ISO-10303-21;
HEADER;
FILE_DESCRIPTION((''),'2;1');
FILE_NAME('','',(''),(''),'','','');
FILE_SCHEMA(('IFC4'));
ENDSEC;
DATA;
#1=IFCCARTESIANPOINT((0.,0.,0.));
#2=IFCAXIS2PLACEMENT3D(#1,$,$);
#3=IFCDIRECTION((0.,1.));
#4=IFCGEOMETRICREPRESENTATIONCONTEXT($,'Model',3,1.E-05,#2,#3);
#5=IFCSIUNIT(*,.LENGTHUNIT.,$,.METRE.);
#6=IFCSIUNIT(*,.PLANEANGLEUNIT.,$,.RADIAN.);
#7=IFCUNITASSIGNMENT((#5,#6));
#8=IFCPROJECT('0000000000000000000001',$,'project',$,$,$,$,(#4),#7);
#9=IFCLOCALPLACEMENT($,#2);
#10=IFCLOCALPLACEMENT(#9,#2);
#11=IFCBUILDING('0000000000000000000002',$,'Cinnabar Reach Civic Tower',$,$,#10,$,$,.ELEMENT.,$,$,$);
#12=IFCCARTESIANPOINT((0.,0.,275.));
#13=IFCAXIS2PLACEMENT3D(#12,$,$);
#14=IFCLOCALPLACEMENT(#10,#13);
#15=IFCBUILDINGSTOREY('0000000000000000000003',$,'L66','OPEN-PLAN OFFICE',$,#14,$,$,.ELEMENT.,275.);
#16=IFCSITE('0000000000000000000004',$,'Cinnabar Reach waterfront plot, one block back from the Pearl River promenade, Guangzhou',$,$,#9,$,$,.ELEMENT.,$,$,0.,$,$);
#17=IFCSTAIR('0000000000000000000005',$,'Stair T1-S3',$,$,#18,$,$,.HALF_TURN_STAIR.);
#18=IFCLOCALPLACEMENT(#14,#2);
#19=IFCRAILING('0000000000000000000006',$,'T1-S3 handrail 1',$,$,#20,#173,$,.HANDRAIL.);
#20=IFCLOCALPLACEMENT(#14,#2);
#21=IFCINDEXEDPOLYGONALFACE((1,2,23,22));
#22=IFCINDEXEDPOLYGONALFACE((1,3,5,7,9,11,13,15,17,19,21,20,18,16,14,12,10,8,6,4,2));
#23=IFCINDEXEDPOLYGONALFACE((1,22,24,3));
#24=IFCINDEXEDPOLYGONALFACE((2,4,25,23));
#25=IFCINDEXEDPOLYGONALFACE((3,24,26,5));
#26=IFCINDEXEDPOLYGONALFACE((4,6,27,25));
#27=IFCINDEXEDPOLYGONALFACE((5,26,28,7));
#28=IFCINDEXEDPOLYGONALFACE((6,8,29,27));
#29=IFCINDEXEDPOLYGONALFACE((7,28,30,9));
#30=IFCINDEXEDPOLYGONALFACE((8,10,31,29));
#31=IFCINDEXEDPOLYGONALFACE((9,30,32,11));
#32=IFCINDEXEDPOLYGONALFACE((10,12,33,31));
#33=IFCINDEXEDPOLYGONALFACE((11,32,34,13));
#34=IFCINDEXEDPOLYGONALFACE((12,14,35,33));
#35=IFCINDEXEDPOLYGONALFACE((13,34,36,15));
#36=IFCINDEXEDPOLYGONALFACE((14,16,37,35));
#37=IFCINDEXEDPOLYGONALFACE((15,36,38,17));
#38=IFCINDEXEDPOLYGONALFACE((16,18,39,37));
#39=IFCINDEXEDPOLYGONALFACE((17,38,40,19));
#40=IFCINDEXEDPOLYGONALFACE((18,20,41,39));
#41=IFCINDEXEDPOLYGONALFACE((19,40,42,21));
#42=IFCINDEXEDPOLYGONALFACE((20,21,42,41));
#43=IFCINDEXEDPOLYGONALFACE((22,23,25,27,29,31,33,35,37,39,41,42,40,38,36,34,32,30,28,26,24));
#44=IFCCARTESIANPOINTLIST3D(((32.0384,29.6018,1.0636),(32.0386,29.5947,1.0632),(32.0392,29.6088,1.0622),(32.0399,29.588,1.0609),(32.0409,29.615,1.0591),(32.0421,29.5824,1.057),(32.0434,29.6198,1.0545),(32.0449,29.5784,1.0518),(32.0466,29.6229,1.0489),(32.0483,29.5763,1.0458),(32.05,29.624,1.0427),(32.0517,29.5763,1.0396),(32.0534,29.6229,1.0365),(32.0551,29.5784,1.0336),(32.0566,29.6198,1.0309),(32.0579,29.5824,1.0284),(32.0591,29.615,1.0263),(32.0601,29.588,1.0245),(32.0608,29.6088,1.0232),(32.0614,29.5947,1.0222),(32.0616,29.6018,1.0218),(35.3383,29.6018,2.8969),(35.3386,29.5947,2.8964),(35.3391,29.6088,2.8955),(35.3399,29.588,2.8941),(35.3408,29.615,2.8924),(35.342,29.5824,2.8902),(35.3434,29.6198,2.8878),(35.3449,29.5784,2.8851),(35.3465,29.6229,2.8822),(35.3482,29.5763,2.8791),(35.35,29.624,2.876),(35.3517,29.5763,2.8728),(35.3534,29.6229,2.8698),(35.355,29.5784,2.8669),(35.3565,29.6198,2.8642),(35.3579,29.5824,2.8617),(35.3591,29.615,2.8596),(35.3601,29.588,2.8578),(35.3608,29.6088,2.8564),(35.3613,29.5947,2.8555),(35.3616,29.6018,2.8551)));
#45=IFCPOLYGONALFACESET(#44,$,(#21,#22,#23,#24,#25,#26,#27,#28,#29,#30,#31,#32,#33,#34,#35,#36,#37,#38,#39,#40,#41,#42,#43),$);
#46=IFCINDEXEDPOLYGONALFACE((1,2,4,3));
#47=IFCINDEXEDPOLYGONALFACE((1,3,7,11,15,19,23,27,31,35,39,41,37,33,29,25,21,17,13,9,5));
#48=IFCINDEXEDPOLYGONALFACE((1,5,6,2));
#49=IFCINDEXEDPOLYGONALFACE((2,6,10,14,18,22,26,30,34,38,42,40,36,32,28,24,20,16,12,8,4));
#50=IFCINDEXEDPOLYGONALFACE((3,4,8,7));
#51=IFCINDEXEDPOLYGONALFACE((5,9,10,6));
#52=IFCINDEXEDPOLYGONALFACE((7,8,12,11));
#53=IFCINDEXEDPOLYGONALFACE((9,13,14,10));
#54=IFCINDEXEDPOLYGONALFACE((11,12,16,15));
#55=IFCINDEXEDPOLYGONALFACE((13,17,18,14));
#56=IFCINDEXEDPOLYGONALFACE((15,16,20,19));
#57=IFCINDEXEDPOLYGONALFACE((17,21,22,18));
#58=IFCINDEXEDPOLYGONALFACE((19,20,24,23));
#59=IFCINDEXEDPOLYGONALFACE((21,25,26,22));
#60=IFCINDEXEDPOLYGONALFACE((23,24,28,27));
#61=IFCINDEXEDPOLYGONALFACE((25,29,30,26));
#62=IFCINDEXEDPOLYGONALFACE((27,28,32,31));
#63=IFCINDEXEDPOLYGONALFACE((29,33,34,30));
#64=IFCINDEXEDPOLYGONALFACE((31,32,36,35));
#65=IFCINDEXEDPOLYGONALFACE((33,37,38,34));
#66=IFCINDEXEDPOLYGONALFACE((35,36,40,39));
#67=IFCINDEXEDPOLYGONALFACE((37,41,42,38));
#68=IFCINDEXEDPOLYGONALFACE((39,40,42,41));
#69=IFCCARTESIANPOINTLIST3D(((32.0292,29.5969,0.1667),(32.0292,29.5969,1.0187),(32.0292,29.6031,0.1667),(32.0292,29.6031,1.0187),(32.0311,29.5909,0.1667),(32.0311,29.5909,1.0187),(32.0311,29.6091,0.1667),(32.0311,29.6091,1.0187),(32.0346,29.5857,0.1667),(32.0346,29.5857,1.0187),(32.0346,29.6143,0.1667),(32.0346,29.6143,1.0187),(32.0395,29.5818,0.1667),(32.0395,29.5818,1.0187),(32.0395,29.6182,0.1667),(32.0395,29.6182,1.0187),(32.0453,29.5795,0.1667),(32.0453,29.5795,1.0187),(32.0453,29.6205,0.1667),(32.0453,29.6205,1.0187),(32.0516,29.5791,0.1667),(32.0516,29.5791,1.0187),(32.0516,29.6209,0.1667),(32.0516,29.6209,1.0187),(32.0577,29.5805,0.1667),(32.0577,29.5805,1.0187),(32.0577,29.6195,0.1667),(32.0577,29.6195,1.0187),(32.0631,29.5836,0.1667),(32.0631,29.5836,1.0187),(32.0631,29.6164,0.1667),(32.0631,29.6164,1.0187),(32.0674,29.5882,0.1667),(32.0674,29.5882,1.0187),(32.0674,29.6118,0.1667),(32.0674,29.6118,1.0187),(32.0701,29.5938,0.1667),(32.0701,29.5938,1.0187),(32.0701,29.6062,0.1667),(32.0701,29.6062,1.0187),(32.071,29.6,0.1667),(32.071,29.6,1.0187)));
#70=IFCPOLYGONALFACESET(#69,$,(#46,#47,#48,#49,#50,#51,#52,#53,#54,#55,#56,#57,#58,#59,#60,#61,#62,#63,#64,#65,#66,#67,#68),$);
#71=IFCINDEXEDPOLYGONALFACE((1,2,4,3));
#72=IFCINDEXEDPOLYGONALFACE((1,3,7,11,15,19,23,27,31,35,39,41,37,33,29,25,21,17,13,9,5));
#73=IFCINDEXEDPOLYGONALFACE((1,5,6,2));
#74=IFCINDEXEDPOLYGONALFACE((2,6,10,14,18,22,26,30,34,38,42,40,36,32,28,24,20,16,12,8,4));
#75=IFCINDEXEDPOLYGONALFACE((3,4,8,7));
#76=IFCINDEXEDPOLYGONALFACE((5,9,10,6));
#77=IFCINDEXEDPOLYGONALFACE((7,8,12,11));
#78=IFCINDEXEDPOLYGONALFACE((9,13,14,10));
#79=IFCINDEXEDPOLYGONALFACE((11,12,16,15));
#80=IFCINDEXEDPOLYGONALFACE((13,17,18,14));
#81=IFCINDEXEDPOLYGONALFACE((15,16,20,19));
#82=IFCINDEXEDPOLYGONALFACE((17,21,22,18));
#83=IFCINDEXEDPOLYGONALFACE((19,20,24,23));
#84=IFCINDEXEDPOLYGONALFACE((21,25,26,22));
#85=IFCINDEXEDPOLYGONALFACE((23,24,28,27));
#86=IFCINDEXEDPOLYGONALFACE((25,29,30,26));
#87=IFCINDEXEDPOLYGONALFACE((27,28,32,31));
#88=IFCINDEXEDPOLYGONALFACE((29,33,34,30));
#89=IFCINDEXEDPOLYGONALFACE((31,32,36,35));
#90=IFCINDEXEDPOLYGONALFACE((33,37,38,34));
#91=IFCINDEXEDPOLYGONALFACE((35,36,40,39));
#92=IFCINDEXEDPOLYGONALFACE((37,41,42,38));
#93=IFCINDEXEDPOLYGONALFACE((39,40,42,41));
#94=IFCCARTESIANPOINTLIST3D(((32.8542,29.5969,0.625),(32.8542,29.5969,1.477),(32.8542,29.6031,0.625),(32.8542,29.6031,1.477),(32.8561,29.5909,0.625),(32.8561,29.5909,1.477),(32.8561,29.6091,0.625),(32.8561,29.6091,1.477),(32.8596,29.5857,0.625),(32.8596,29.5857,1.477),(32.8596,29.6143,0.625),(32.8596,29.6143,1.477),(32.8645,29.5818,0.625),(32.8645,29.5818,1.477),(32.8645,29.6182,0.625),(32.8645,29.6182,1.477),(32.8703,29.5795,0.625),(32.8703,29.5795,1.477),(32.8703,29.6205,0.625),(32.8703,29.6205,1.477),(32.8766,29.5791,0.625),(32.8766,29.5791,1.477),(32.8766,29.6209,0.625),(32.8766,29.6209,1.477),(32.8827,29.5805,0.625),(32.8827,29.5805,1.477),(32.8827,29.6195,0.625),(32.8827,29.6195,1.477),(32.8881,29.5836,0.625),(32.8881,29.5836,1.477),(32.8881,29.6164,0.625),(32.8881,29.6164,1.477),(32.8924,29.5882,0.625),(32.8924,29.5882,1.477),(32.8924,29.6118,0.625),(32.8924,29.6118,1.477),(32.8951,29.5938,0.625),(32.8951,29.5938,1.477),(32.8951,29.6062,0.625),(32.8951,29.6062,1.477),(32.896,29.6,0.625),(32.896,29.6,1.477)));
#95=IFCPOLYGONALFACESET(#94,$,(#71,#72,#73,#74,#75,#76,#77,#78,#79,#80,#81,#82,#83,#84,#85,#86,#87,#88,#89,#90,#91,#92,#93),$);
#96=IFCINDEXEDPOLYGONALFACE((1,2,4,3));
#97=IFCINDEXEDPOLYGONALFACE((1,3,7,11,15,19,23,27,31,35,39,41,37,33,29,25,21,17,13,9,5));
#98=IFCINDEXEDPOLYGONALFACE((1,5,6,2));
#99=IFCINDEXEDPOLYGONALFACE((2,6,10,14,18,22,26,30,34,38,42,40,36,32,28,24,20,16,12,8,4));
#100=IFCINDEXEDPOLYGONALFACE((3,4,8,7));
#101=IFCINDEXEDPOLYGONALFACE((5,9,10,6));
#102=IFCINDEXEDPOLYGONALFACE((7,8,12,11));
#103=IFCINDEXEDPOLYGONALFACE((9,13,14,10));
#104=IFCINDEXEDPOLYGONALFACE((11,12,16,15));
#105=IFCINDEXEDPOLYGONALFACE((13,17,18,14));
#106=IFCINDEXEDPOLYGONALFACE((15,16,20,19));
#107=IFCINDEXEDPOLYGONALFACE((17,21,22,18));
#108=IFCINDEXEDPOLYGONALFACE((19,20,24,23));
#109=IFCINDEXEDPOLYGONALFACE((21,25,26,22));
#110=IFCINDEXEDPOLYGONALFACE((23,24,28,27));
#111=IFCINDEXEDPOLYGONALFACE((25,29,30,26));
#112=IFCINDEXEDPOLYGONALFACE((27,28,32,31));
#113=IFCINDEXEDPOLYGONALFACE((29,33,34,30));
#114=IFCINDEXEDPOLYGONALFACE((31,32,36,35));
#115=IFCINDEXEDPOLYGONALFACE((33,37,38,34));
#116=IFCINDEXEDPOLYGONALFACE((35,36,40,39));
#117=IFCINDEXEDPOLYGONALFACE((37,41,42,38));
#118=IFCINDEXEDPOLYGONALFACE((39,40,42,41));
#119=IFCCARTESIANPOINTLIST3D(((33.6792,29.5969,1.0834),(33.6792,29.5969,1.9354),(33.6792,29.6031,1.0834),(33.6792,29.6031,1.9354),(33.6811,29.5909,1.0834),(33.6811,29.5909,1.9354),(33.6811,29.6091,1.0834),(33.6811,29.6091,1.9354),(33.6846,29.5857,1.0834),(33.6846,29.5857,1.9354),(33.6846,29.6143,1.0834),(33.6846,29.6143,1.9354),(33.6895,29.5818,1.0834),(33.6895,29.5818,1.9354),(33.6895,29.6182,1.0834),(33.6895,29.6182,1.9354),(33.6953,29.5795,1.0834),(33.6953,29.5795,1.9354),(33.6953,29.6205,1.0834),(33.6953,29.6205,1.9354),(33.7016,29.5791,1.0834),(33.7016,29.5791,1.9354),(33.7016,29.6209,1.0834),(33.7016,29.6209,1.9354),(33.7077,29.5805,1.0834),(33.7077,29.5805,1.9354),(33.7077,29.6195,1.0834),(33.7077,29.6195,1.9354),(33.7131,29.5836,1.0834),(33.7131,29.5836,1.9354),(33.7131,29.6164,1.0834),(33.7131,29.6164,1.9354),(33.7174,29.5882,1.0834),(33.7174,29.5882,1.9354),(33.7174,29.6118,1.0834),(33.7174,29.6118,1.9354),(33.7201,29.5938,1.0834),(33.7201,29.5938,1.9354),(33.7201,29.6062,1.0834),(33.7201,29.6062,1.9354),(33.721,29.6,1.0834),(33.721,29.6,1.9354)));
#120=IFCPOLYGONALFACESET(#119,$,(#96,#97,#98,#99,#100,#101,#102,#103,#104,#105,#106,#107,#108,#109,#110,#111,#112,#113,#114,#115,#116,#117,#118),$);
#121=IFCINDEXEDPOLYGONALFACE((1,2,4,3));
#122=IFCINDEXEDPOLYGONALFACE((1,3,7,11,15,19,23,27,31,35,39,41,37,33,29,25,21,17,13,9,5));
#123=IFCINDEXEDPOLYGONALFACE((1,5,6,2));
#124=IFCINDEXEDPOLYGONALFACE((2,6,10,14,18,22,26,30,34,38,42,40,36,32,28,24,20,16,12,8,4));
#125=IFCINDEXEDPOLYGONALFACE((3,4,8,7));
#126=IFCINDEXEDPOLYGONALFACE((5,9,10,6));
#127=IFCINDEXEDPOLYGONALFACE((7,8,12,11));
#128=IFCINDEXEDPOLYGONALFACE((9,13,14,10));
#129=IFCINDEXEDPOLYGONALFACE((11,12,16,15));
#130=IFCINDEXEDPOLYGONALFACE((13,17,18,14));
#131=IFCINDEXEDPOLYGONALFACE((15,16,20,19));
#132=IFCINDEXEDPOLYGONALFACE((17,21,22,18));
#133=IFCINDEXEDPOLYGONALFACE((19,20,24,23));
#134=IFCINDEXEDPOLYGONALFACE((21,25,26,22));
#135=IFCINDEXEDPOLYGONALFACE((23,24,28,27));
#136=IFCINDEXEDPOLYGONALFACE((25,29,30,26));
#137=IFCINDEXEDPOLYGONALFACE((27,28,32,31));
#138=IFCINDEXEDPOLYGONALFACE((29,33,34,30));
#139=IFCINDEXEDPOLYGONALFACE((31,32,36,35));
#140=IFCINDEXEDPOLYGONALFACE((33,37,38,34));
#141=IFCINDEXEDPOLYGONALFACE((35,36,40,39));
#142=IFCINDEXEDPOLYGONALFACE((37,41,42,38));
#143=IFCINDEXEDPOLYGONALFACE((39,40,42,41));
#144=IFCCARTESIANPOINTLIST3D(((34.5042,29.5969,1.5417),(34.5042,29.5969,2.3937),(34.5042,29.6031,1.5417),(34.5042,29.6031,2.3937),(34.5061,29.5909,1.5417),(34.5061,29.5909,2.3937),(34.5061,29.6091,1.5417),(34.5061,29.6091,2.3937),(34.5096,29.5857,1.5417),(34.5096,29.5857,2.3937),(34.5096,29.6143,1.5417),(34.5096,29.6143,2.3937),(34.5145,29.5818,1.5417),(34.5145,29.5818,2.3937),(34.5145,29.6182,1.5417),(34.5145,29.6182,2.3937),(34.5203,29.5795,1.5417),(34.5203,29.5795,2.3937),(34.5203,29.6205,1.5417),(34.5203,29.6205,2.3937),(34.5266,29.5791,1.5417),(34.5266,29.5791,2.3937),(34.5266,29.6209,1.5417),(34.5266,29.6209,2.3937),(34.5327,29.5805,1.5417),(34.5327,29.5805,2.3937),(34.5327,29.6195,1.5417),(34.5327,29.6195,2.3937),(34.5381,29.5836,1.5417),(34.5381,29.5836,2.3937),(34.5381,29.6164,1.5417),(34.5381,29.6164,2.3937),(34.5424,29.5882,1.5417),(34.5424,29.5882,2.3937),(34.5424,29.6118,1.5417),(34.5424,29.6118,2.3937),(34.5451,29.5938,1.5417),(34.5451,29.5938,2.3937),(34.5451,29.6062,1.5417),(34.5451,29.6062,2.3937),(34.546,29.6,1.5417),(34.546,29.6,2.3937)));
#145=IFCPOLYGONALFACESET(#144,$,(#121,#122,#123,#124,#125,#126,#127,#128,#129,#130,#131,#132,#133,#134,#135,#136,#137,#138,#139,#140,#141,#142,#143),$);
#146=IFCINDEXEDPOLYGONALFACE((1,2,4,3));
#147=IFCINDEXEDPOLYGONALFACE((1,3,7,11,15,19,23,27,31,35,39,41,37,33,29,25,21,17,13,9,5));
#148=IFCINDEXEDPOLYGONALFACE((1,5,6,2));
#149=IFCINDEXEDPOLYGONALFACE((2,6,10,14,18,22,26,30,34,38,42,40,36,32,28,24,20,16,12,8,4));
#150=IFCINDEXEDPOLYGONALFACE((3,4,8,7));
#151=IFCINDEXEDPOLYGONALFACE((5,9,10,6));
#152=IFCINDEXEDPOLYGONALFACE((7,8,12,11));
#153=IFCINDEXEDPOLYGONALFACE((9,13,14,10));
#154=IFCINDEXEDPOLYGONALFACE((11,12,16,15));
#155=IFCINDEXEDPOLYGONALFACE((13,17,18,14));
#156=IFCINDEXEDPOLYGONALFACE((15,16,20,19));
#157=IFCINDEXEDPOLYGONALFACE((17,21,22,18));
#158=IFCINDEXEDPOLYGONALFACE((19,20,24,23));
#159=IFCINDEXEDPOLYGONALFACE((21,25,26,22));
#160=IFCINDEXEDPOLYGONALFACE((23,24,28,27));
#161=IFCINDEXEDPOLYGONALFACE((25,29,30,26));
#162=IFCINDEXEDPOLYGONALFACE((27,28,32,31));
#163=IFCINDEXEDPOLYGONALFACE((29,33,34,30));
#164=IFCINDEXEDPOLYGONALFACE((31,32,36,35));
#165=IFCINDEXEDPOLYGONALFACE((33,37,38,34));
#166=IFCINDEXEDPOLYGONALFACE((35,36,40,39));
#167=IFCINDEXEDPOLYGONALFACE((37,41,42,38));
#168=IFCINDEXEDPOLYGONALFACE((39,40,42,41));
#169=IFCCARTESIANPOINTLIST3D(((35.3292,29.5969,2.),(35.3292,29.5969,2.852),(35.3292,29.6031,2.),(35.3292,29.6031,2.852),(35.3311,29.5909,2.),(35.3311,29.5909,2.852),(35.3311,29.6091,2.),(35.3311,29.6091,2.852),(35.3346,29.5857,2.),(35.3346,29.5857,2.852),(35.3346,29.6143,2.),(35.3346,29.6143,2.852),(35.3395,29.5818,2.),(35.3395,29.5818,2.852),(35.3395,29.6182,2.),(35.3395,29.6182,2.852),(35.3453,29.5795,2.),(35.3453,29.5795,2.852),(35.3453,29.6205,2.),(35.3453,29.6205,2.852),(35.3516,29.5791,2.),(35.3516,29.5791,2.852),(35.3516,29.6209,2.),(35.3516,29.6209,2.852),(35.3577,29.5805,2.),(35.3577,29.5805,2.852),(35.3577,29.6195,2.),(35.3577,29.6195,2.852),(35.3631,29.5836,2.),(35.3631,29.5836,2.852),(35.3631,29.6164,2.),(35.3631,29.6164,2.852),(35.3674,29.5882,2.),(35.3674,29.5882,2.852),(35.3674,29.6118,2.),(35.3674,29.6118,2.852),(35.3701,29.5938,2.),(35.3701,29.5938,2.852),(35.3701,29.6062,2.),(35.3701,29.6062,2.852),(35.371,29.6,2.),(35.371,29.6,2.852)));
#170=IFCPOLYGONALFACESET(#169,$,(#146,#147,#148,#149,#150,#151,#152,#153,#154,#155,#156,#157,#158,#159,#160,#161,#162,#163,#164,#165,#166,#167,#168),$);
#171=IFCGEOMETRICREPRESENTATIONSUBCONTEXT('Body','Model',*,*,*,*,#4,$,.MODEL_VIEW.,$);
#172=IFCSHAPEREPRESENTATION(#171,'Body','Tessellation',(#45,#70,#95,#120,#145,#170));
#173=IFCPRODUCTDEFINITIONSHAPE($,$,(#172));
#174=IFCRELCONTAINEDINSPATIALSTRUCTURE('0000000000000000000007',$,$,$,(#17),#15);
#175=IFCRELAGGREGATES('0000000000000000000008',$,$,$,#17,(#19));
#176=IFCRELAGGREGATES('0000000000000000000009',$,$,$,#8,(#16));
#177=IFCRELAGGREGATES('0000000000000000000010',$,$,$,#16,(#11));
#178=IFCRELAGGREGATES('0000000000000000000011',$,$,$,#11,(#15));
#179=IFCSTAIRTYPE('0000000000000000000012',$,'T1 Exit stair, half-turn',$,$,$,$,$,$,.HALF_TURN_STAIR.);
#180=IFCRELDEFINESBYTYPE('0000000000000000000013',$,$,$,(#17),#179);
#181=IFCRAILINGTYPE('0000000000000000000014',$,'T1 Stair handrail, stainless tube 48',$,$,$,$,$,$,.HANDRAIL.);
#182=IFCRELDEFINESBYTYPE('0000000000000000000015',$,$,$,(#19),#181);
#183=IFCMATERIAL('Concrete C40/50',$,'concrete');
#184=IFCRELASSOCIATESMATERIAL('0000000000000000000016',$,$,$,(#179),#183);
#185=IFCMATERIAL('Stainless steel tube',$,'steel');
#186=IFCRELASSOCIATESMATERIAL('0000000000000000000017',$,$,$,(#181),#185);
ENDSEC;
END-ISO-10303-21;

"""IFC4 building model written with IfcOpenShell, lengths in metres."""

from ifc_helpers import new_model, si_unit, direction, frame, origin, origin_2d, place, context, subcontext, project, spatial, circle, extrude, material, type_object, element, aggregate, save


model = new_model("IFC4")

# Units and contexts
model_context = context("Model", 3, precision=1e-05, world=origin(), true_north=direction((0.0, 1.0)))
body_context = subcontext(model_context, "Body", "Model", "MODEL_VIEW")
ifc_project = project(units=[si_unit("LENGTHUNIT", "METRE"), si_unit("PLANEANGLEUNIT", "RADIAN")], contexts=[model_context])

# Site, building, storey
site_placement = place(None, origin())
site = spatial("IfcSite", under=ifc_project, at=site_placement, Name="Cinnabar Reach waterfront plot, one block back from the Pearl River promenade, Guangzhou", CompositionType="ELEMENT", RefElevation=0.0)
building_placement = place(site_placement, origin())
building = spatial("IfcBuilding", under=site, at=building_placement, Name="Cinnabar Reach Civic Tower", CompositionType="ELEMENT")
storey_placement = place(building_placement, frame((0.0, 0.0, 275.0)))
storey = spatial("IfcBuildingStorey", under=building, at=storey_placement, Name="L66", Description="OPEN-PLAN OFFICE", CompositionType="ELEMENT", Elevation=275.0)

# Stair, railing
ifc_material_1 = material(Name="Concrete C40/50", Category="concrete")
stair_type = type_object("IfcStairType", Name="T1 Exit stair, half-turn", PredefinedType="HALF_TURN_STAIR", material=ifc_material_1)
stair_placement = place(storey_placement, origin())
stair = element("IfcStair", 1, at=stair_placement, inside=storey, type_object=stair_type, Name="Stair T1-S3", PredefinedType="HALF_TURN_STAIR")
ifc_material_2 = material(Name="Stainless steel tube", Category="steel")
railing_type = type_object("IfcRailingType", Name="T1 Stair handrail, stainless tube 48", PredefinedType="HANDRAIL", material=ifc_material_2)
railing_1_placement = place(storey_placement, frame((32.05, 29.6, 0.1667)))
railing_1 = element("IfcRailing", 2, at=railing_1_placement, type_object=railing_type, Name="T1-S3 handrail 1", PredefinedType="HANDRAIL", context=body_context, shape_type="SweptSolid", body=[
    extrude(circle(Radius=0.024, at=origin_2d()), frame((0.0, 0.0, 0.876), z_axis=(0.874161, 0.0, 0.485636), x_axis=(0.0, 1.0, 0.0)), (0.0, 0.0, 1.0), 3.775),
    extrude(circle(Radius=0.021, at=origin_2d()), origin(), (0.0, 0.0, 1.0), 0.852),
    extrude(circle(Radius=0.021, at=origin_2d()), frame((0.825, 0.0, 0.4583)), (0.0, 0.0, 1.0), 0.852),
    extrude(circle(Radius=0.021, at=origin_2d()), frame((1.65, 0.0, 0.9167)), (0.0, 0.0, 1.0), 0.852),
    extrude(circle(Radius=0.021, at=origin_2d()), frame((2.475, 0.0, 1.375)), (0.0, 0.0, 1.0), 0.852),
    extrude(circle(Radius=0.021, at=origin_2d()), frame((3.3, 0.0, 1.8333)), (0.0, 0.0, 1.0), 0.852),
])
aggregate(stair, [railing_1])

save(model, "model.ifc")
